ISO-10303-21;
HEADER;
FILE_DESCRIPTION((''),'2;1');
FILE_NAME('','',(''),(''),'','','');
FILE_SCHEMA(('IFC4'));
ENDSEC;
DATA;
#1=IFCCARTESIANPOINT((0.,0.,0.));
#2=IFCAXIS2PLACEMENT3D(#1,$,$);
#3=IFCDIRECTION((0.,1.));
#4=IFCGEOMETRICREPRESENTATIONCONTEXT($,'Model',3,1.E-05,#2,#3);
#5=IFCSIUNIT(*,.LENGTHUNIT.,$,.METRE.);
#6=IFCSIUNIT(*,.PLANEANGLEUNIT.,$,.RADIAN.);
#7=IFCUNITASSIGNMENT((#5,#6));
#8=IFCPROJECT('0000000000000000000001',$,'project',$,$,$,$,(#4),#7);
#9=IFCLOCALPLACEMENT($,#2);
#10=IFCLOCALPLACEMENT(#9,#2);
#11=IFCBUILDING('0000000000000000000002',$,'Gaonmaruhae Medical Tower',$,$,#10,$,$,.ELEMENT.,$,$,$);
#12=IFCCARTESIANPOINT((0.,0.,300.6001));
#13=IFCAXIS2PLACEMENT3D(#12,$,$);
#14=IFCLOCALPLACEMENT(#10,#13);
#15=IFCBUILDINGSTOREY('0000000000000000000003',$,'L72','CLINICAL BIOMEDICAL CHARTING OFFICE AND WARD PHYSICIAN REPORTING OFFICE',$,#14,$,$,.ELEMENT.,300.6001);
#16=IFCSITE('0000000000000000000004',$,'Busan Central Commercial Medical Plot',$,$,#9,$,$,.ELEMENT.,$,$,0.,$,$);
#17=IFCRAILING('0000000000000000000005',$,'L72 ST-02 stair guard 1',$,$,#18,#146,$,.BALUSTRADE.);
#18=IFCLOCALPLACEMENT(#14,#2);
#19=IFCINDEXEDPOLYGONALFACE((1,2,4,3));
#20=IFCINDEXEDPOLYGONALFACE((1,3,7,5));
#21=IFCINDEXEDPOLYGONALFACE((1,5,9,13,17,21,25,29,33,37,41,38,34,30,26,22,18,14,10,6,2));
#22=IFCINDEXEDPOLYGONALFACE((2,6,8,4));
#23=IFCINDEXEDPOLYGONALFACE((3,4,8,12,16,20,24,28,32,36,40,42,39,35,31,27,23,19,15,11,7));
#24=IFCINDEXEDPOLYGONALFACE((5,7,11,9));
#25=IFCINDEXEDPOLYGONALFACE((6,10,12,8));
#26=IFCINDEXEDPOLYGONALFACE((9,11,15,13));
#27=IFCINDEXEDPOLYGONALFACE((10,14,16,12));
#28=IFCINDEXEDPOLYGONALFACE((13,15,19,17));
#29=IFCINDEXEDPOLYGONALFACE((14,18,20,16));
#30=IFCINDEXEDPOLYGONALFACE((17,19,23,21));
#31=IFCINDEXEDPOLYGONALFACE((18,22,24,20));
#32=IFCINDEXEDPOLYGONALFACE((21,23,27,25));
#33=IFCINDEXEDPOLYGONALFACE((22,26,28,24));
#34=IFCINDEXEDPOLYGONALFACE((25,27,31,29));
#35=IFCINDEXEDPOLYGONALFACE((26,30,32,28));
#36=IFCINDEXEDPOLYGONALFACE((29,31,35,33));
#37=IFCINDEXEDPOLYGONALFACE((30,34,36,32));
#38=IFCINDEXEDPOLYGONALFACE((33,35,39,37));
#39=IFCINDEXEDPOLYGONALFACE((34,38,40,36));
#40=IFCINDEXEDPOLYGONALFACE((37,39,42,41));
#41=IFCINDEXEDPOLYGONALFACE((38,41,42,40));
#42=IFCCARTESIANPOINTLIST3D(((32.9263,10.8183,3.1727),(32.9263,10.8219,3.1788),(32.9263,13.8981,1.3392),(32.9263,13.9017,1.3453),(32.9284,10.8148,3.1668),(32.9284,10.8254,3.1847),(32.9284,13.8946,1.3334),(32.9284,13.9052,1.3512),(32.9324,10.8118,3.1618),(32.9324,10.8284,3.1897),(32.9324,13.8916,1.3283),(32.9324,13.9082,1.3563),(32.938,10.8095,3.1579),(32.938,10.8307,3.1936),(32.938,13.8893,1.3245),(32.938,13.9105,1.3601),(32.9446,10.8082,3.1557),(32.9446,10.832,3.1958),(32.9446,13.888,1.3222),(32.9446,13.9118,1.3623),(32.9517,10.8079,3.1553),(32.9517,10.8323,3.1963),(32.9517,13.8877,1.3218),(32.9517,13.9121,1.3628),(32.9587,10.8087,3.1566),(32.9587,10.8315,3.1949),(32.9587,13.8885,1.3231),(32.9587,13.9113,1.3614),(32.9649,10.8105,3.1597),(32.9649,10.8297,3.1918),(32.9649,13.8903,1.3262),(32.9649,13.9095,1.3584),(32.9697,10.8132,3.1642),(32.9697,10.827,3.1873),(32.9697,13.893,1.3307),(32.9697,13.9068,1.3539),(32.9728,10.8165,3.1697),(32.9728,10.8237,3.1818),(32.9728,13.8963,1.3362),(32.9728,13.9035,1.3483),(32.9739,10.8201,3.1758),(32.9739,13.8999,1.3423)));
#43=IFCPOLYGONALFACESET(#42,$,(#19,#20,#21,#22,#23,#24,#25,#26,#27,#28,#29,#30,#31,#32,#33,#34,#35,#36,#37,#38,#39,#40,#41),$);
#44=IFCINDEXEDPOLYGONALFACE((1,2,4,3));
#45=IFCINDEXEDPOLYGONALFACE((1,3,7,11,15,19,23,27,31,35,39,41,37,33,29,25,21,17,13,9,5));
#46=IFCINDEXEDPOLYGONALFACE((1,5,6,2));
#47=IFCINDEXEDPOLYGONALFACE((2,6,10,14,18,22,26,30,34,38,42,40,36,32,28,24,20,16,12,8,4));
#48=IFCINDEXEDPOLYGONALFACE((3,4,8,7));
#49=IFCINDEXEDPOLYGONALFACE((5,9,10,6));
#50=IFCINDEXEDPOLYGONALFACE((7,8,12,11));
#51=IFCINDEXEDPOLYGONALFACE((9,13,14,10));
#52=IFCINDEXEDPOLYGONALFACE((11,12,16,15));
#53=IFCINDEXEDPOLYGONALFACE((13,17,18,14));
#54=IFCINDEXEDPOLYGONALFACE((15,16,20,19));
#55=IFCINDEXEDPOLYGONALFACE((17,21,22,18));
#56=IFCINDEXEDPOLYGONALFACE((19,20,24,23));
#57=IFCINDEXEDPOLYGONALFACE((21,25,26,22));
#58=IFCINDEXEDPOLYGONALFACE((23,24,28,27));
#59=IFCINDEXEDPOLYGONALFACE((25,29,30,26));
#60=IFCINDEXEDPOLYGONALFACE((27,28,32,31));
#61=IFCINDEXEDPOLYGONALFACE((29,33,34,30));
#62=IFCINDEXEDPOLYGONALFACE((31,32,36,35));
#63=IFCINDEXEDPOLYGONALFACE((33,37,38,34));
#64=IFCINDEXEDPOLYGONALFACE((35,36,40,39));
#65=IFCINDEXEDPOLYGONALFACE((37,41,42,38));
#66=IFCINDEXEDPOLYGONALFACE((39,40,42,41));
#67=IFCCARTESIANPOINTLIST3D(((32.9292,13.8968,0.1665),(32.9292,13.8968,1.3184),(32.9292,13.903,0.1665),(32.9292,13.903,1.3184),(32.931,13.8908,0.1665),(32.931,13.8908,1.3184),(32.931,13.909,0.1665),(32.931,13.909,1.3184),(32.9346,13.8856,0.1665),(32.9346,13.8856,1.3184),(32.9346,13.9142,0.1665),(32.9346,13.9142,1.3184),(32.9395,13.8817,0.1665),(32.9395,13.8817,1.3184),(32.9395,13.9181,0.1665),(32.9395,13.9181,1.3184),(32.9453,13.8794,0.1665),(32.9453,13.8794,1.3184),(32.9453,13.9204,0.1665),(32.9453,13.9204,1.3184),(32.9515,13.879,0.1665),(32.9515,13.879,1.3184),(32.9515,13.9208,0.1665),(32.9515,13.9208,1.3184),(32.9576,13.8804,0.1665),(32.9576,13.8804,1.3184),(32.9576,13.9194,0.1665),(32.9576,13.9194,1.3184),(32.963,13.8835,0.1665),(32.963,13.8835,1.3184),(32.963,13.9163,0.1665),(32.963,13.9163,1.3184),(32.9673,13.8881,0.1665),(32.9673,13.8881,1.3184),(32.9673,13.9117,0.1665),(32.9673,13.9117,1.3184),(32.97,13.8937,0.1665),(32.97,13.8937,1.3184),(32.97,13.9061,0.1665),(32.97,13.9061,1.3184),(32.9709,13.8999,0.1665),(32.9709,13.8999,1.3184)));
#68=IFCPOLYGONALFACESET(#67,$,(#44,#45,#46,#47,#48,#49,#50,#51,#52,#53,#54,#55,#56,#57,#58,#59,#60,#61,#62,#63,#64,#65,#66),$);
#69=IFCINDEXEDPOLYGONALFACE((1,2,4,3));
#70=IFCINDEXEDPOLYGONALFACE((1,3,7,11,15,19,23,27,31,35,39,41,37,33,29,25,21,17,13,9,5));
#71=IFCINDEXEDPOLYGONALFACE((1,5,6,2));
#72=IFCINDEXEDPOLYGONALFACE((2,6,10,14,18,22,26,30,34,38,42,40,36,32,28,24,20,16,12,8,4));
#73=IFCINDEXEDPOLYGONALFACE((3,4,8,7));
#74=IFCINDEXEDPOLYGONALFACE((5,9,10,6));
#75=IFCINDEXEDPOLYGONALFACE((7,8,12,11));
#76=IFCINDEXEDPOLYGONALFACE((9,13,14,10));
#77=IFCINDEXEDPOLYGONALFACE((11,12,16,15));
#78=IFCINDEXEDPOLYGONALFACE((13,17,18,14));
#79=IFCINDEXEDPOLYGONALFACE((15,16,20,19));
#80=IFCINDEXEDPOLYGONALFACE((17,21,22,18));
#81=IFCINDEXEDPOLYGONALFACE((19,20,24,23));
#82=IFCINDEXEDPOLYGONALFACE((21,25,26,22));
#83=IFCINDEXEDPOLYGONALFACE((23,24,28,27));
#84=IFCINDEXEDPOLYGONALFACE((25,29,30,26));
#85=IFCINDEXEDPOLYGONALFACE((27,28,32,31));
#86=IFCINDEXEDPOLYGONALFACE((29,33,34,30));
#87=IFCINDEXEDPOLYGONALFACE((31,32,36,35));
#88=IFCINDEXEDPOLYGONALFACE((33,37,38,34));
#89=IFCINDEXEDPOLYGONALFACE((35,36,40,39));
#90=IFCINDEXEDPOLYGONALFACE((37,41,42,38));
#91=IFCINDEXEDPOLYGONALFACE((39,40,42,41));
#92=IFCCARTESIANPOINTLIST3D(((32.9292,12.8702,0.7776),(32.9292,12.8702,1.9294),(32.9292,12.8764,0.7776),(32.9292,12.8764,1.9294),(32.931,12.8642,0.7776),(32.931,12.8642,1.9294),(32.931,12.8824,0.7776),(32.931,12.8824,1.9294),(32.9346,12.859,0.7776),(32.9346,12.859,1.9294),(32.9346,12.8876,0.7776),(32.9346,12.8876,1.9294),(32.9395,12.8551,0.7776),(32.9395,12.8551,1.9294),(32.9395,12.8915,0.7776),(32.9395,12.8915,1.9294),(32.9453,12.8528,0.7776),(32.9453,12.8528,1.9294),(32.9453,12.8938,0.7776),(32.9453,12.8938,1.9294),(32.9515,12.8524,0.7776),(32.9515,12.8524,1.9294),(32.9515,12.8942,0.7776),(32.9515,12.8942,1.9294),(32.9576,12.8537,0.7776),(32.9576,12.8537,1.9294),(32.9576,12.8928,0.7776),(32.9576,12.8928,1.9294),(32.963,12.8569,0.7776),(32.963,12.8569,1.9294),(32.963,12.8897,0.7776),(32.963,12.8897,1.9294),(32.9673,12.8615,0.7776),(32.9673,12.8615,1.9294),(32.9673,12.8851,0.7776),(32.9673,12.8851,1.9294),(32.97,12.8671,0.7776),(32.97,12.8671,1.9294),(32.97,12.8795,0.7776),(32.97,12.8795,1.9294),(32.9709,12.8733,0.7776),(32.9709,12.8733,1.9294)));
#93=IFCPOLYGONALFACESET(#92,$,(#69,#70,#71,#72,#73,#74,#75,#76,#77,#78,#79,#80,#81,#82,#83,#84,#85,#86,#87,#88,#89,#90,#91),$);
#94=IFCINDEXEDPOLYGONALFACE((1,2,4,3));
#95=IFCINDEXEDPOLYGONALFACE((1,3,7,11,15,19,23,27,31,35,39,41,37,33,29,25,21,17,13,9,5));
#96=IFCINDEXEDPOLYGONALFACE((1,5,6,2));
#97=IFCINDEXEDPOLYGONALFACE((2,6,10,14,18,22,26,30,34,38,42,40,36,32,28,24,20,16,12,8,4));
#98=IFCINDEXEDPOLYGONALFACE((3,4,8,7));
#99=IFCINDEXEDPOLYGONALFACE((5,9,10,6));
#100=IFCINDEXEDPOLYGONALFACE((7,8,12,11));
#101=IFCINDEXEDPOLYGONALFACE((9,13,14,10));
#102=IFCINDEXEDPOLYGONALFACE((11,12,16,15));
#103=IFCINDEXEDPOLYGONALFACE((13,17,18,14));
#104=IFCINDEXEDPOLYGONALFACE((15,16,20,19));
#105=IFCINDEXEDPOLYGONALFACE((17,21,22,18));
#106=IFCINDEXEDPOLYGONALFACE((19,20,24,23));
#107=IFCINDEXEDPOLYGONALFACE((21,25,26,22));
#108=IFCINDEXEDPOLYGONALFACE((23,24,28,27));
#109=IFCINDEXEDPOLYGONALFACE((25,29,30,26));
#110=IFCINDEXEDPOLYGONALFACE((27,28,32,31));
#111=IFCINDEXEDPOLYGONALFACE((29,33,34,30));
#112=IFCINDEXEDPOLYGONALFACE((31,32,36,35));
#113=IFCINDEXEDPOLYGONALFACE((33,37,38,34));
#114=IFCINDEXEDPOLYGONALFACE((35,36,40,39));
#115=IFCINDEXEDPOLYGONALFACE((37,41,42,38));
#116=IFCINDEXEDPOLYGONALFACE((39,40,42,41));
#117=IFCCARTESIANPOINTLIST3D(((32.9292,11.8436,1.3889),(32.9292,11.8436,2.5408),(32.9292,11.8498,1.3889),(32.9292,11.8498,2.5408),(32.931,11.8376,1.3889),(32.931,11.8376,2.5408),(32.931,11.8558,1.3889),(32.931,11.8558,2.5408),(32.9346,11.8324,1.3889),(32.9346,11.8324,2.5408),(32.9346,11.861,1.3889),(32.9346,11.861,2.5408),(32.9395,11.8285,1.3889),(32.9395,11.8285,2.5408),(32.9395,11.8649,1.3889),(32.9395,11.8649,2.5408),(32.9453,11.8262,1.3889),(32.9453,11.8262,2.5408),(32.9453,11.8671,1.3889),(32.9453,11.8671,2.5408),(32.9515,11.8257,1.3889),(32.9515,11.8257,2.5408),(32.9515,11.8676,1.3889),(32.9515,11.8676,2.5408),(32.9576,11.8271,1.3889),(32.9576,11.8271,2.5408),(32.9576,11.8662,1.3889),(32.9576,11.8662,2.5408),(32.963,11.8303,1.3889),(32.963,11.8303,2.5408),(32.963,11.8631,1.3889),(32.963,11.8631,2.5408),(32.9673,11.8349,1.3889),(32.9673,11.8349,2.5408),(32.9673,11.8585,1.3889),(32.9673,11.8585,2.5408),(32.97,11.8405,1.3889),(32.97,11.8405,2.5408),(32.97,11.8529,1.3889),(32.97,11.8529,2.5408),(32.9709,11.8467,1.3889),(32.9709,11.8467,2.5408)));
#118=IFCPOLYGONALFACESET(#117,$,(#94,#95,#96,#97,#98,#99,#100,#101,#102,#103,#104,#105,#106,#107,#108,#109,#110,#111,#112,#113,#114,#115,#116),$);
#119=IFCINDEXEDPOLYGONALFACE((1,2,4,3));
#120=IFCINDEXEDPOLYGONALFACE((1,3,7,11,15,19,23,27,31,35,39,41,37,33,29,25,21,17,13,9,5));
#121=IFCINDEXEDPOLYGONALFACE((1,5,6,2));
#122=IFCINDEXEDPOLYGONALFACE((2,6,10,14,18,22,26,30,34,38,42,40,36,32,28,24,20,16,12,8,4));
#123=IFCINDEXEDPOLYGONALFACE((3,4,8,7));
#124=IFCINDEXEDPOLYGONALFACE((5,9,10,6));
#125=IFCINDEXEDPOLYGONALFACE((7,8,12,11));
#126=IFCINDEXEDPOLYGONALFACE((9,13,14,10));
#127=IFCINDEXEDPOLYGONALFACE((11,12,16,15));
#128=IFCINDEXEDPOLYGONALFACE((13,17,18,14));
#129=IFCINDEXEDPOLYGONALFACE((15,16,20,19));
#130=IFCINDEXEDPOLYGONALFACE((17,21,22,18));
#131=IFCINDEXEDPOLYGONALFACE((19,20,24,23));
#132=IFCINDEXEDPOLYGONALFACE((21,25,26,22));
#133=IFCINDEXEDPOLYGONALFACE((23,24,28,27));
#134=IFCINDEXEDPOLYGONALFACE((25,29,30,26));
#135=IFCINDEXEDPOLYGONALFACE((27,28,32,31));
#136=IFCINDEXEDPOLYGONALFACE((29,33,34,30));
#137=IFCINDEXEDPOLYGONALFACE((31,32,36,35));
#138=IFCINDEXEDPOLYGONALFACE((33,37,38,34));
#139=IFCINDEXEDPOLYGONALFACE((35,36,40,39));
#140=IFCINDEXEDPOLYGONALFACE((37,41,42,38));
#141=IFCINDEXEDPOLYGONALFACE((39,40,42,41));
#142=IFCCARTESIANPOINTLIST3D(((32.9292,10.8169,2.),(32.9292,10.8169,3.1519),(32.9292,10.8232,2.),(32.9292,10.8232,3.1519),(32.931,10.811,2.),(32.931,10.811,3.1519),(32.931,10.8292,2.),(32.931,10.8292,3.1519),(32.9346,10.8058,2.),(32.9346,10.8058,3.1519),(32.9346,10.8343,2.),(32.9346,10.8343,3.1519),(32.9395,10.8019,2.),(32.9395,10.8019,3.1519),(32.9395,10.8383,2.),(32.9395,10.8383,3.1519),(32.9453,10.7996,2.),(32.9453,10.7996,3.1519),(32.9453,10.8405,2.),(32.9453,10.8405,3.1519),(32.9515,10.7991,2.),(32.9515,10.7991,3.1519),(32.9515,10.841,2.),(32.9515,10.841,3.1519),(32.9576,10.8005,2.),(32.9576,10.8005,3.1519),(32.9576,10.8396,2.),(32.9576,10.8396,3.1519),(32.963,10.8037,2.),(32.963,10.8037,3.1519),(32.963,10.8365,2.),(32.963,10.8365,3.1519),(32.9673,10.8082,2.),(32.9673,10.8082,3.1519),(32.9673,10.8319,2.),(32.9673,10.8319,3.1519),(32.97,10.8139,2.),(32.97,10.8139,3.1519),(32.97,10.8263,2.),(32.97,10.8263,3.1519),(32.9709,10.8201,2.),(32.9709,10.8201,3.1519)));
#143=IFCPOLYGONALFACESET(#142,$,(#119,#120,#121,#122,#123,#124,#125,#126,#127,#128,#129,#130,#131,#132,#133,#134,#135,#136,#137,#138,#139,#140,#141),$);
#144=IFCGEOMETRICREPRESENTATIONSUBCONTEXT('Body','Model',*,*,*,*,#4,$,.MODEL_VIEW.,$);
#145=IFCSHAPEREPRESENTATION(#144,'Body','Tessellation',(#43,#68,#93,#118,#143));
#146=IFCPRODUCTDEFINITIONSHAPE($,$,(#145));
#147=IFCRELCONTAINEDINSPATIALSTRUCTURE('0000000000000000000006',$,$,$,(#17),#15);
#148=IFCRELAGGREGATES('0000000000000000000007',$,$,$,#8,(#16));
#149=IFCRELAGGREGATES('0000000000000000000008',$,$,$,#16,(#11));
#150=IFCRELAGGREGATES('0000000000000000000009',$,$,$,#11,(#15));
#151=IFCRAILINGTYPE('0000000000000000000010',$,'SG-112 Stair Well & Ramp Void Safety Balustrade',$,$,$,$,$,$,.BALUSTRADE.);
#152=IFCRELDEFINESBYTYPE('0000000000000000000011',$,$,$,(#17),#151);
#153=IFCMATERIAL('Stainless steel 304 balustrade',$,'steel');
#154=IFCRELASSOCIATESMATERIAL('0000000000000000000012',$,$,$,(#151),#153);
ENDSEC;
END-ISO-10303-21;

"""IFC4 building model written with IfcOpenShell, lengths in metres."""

from ifc_helpers import new_model, si_unit, direction, frame, origin, origin_2d, place, context, subcontext, project, spatial, circle, extrude, material, type_object, element, save


model = new_model("IFC4")

# Units and contexts
model_context = context("Model", 3, precision=1e-05, world=origin(), true_north=direction((0.0, 1.0)))
body_context = subcontext(model_context, "Body", "Model", "MODEL_VIEW")
ifc_project = project(units=[si_unit("LENGTHUNIT", "METRE"), si_unit("PLANEANGLEUNIT", "RADIAN")], contexts=[model_context])

# Site, building, storey
site_placement = place(None, origin())
site = spatial("IfcSite", under=ifc_project, at=site_placement, Name="Busan Central Commercial Medical Plot", CompositionType="ELEMENT", RefElevation=0.0)
building_placement = place(site_placement, origin())
building = spatial("IfcBuilding", under=site, at=building_placement, Name="Gaonmaruhae Medical Tower", CompositionType="ELEMENT")
storey_placement = place(building_placement, frame((0.0, 0.0, 300.6001)))
storey = spatial("IfcBuildingStorey", under=building, at=storey_placement, Name="L72", Description="CLINICAL BIOMEDICAL CHARTING OFFICE AND WARD PHYSICIAN REPORTING OFFICE", CompositionType="ELEMENT", Elevation=300.6001)

# Railing
ifc_material_1 = material(Name="Stainless steel 304 balustrade", Category="steel")
railing_type_1 = type_object("IfcRailingType", Name="SG-112 Stair Well & Ramp Void Safety Balustrade", PredefinedType="BALUSTRADE", material=ifc_material_1)
railing_1_placement = place(storey_placement, frame((32.95, 13.8999, 0.1665)))
element("IfcRailing", 1, at=railing_1_placement, inside=storey, type_object=railing_type_1, Name="L72 ST-02 stair guard 1", PredefinedType="BALUSTRADE", context=body_context, shape_type="SweptSolid", body=[
    extrude(circle(Radius=0.0239, at=origin_2d()), frame((0.0, 0.0, 1.1758), z_axis=(0.0, -0.859261, 0.511538), x_axis=(1.0, 0.0, 0.0)), (0.0, 0.0, 1.0), 3.5842),
    extrude(circle(Radius=0.021, at=origin_2d()), origin(), (0.0, 0.0, 1.0), 1.1519),
    extrude(circle(Radius=0.021, at=origin_2d()), frame((0.0, -1.0266, 0.6111)), (0.0, 0.0, 1.0), 1.1519),
    extrude(circle(Radius=0.021, at=origin_2d()), frame((0.0, -2.0532, 1.2224)), (0.0, 0.0, 1.0), 1.1519),
    extrude(circle(Radius=0.021, at=origin_2d()), frame((0.0, -3.0798, 1.8335)), (0.0, 0.0, 1.0), 1.1519),
])

save(model, "model.ifc")
